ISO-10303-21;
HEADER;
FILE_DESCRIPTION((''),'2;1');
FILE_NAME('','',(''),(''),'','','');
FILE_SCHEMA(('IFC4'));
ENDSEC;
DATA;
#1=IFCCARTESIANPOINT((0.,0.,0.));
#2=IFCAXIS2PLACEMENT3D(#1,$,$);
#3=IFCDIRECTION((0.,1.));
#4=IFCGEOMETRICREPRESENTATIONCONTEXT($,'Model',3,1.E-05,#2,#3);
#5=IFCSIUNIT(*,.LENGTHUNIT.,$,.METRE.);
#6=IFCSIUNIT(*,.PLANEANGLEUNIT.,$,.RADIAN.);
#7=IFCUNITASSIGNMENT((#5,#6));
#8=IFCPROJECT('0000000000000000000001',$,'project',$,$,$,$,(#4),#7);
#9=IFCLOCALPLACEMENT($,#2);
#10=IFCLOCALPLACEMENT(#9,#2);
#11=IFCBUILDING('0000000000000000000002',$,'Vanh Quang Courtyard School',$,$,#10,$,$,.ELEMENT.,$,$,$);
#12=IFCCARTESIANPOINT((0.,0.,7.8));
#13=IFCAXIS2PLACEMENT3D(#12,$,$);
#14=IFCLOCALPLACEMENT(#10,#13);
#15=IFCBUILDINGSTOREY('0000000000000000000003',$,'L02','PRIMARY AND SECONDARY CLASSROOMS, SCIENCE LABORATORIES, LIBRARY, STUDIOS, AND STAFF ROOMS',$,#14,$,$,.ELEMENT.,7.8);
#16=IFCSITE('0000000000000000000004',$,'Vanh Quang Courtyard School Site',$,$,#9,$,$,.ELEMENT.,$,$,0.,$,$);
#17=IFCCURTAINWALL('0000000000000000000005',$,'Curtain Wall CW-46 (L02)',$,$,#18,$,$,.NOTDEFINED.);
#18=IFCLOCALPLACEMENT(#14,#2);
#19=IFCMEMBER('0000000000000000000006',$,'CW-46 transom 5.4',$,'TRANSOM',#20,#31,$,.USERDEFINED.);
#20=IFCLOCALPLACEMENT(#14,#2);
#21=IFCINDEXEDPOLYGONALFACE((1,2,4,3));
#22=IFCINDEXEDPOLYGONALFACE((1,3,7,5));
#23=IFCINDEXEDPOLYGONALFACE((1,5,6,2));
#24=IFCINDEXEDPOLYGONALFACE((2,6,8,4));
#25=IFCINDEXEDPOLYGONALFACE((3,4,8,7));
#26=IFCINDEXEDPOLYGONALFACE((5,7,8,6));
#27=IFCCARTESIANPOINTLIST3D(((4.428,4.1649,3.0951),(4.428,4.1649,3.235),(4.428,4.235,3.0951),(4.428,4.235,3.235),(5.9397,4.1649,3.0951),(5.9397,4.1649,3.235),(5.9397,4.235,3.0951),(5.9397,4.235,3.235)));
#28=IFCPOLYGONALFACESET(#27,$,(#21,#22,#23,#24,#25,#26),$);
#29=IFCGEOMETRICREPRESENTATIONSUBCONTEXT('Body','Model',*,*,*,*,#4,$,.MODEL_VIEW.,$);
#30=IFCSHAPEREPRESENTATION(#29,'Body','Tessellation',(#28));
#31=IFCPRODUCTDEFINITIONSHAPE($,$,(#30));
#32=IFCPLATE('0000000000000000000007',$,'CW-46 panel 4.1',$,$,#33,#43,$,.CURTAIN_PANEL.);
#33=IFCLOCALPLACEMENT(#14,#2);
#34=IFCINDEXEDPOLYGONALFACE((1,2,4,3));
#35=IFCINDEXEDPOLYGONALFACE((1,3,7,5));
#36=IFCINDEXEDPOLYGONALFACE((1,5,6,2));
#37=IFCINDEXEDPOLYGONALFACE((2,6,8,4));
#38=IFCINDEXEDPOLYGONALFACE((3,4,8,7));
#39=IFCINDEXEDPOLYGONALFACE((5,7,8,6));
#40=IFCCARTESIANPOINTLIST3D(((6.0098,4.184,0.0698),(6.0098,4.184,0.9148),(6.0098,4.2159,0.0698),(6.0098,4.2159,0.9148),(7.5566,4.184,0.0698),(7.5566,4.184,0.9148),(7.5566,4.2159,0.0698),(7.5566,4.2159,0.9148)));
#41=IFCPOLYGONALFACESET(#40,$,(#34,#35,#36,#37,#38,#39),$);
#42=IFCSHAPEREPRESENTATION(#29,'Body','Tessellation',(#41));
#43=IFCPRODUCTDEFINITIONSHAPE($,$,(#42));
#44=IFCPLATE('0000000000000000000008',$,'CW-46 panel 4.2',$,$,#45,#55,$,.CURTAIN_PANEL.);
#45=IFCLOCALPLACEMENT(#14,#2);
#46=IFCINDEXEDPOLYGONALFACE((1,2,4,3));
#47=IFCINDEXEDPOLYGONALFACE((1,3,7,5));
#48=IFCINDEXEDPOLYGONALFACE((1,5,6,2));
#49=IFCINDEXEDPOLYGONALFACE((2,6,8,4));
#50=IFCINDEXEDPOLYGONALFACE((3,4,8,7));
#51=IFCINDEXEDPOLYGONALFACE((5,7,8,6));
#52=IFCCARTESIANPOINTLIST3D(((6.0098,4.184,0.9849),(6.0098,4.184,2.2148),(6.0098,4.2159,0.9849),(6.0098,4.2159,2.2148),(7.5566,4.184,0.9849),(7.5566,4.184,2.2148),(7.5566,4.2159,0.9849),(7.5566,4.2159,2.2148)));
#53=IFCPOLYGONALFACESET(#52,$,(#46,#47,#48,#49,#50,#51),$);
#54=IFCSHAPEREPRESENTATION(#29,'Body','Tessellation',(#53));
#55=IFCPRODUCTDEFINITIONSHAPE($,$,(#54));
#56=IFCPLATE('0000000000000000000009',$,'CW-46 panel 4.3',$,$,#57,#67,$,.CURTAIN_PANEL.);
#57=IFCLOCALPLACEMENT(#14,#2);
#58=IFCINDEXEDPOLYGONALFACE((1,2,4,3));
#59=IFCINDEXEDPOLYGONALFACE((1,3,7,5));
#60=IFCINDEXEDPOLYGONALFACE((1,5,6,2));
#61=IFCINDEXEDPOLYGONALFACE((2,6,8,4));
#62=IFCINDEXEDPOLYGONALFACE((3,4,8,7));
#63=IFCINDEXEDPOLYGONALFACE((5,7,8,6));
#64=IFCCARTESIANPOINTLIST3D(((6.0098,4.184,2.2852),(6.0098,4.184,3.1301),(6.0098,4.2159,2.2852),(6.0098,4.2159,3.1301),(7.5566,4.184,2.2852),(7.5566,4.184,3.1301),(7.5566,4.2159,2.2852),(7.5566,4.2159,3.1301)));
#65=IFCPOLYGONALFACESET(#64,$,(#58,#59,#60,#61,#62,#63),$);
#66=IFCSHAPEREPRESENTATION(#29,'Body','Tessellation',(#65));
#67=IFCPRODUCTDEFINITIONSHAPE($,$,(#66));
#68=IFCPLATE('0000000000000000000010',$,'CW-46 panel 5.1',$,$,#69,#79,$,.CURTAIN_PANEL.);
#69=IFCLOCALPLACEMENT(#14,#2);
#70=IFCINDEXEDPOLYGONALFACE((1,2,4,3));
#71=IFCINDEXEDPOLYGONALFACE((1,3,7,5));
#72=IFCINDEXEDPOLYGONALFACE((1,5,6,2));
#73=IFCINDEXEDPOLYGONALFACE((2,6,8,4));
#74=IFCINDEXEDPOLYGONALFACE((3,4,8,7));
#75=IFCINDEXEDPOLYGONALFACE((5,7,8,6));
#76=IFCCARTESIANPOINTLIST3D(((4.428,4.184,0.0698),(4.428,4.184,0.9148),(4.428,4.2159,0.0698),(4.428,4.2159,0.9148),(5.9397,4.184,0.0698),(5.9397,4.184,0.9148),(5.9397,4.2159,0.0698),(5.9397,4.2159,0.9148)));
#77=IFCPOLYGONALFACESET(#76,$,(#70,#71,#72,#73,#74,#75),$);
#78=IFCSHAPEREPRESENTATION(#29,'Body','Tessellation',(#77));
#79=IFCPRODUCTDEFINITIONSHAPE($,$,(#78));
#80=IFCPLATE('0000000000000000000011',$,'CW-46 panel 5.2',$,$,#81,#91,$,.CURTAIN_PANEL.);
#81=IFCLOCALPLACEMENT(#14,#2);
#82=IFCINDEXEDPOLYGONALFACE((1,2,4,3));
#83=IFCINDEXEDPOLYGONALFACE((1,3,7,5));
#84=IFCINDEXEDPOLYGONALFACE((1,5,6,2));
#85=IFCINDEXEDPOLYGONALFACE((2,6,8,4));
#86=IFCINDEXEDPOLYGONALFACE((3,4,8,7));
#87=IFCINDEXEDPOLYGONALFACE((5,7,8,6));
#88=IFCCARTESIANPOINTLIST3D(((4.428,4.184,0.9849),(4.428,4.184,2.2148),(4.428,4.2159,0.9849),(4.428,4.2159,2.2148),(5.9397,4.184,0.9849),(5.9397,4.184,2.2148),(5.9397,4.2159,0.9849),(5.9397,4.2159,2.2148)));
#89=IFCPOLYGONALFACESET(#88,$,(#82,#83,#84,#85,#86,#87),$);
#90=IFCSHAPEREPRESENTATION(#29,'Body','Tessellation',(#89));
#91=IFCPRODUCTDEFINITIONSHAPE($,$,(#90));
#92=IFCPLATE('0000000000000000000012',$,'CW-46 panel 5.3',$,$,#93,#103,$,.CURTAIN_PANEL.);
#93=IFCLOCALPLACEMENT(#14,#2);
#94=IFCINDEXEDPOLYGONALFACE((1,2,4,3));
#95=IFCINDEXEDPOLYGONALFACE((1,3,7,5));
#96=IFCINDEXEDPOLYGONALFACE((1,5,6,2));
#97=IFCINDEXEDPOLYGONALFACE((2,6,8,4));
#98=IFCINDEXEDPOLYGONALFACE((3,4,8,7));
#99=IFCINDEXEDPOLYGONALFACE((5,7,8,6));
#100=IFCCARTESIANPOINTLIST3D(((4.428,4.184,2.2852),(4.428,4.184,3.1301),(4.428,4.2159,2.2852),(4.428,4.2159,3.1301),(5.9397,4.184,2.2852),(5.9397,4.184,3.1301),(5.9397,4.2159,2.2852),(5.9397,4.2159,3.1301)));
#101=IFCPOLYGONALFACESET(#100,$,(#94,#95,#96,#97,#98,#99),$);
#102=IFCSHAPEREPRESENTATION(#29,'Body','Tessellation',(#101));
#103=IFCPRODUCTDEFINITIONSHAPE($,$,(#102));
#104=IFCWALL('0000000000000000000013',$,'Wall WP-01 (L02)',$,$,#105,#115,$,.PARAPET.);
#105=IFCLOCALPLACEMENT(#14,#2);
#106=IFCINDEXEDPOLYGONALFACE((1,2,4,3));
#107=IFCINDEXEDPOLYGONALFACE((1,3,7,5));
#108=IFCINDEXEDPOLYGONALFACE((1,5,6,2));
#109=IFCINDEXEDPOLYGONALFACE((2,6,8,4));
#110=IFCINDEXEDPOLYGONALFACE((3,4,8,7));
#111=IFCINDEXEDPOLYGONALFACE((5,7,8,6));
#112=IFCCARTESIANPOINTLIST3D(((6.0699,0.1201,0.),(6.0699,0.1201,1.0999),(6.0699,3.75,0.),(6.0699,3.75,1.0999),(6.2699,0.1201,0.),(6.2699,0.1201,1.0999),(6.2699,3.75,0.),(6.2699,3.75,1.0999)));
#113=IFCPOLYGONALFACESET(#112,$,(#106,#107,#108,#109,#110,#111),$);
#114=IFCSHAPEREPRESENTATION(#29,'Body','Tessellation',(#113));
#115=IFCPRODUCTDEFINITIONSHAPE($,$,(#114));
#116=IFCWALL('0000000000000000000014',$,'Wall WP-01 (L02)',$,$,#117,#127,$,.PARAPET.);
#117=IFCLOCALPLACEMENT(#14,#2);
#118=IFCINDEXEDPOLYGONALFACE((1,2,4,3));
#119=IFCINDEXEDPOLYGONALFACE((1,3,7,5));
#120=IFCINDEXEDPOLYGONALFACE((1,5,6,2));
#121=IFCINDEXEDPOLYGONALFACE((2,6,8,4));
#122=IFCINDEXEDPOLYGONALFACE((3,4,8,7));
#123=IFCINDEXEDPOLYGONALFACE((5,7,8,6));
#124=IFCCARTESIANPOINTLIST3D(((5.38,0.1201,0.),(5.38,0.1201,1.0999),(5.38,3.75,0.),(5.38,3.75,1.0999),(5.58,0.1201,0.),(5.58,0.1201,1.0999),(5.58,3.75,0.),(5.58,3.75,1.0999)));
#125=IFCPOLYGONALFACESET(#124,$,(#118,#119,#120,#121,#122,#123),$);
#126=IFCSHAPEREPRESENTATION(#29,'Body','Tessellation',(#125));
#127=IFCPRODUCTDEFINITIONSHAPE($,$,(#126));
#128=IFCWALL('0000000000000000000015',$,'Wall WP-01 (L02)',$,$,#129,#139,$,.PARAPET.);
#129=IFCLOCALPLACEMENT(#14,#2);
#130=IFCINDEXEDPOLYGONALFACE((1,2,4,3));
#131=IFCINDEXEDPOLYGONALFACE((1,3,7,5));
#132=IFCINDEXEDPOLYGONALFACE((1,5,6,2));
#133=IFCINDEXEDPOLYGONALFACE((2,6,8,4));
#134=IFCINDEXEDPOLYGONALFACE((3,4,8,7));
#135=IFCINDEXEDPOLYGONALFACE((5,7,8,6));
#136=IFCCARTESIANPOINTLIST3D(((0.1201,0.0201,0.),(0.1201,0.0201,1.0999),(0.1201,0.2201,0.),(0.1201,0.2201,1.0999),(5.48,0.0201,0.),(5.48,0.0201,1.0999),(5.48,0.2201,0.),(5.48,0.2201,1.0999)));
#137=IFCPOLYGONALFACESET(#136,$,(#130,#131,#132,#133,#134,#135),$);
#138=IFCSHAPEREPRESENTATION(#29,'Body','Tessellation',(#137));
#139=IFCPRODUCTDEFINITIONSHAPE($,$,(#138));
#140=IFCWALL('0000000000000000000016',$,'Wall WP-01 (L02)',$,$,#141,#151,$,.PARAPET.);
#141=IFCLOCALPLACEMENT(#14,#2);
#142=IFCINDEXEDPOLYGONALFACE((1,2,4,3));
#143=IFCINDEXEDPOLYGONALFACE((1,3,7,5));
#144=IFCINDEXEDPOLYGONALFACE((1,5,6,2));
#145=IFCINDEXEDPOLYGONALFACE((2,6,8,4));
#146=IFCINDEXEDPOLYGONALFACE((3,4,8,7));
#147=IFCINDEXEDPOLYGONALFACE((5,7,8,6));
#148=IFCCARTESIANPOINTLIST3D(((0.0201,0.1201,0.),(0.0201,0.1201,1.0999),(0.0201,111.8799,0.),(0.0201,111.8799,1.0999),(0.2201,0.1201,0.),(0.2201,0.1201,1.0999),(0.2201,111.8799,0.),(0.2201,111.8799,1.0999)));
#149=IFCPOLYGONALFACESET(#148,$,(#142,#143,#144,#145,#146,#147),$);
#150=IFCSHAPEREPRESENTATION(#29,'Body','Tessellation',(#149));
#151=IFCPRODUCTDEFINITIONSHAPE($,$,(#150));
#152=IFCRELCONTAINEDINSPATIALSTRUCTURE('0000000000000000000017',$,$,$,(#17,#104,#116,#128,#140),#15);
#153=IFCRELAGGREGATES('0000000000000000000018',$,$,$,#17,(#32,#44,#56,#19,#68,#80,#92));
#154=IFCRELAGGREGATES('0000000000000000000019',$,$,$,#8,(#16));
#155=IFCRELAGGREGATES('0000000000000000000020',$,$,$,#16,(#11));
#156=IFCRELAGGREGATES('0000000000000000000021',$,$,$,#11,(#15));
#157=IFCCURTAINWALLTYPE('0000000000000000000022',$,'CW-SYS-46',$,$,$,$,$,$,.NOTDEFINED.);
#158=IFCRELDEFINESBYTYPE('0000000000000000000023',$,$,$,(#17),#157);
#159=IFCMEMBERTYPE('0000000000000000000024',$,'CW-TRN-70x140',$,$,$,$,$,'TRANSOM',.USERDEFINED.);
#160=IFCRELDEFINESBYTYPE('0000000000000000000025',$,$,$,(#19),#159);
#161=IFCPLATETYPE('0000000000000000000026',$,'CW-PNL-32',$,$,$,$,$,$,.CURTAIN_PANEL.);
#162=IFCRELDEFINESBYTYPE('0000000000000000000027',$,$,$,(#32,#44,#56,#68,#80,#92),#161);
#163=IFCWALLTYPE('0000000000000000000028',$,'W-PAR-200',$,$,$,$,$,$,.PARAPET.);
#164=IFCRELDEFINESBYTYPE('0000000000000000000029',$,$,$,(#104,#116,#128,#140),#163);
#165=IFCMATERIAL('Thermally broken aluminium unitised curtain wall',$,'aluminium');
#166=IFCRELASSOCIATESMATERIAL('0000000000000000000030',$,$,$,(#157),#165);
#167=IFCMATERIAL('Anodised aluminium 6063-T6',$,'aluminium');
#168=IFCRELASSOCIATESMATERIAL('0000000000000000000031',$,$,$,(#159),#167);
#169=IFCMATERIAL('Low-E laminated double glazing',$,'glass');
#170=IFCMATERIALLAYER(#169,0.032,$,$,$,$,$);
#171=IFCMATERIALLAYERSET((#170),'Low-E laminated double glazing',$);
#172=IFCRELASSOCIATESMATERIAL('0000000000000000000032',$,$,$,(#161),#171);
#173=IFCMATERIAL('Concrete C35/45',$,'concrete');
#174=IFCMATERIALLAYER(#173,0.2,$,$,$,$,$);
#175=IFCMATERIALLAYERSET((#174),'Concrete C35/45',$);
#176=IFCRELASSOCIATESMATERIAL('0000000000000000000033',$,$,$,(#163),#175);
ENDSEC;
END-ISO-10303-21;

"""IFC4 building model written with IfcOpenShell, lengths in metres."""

from ifc_helpers import new_model, si_unit, direction, frame, frame_2d, origin, origin_2d, place, context, subcontext, project, spatial, rectangle, extrude, material, layer, layer_set, material_profile, profile_set, type_object, element, aggregate, save


model = new_model("IFC4")

# Units and contexts
model_context = context("Model", 3, precision=1e-05, world=origin(), true_north=direction((0.0, 1.0)))
body_context = subcontext(model_context, "Body", "Model", "MODEL_VIEW")
ifc_project = project(units=[si_unit("LENGTHUNIT", "METRE"), si_unit("PLANEANGLEUNIT", "RADIAN")], contexts=[model_context])

# Site, building, storey
site_placement = place(None, origin())
site = spatial("IfcSite", under=ifc_project, at=site_placement, Name="Vanh Quang Courtyard School Site", CompositionType="ELEMENT", RefElevation=0.0)
building_placement = place(site_placement, origin())
building = spatial("IfcBuilding", under=site, at=building_placement, Name="Vanh Quang Courtyard School", CompositionType="ELEMENT")
storey_placement = place(building_placement, frame((0.0, 0.0, 7.8)))
storey = spatial("IfcBuildingStorey", under=building, at=storey_placement, Name="L02", Description="PRIMARY AND SECONDARY CLASSROOMS, SCIENCE LABORATORIES, LIBRARY, STUDIOS, AND STAFF ROOMS", CompositionType="ELEMENT", Elevation=7.8)

# Shared definitions
ifc_material_1 = material(Name="Concrete C35/45", Category="concrete")

# Curtain wall, member, plates
ifc_material_2 = material(Name="Thermally broken aluminium unitised curtain wall", Category="aluminium")
curtain_wall_type = type_object("IfcCurtainWallType", Name="CW-SYS-46", PredefinedType="NOTDEFINED", material=ifc_material_2)
curtain_wall_placement = place(storey_placement, origin())
curtain_wall = element("IfcCurtainWall", 1, at=curtain_wall_placement, inside=storey, type_object=curtain_wall_type, Name="Curtain Wall CW-46 (L02)", PredefinedType="NOTDEFINED")
ifc_material_3 = material(Name="Anodised aluminium 6063-T6", Category="aluminium")
ifc_material_profile_1 = material_profile(ifc_material_3, rectangle(XDim=0.0701, YDim=0.1399, at=origin_2d()), Name="ALU-TRN 70x140")
ifc_profile_set_1 = profile_set([ifc_material_profile_1], Name="Anodised aluminium 6063-T6")
member_type_1 = type_object("IfcMemberType", Name="CW-TRN-70x140", ElementType="TRANSOM", PredefinedType="USERDEFINED", material=ifc_profile_set_1)
member_1_placement = place(storey_placement, frame((5.9397, 4.2, 3.165), z_axis=(-1.0, 0.0, 0.0), x_axis=(0.0, -1.0, 0.0)))
member_1 = element("IfcMember", 2, at=member_1_placement, type_object=member_type_1, Name="CW-46 transom 5.4", ObjectType="TRANSOM", PredefinedType="USERDEFINED", context=body_context, shape_type="SweptSolid", body=[
    extrude(rectangle(XDim=0.0701, YDim=0.1399, at=origin_2d()), origin(), (0.0, 0.0, 1.0), 1.5117),
])
ifc_material_4 = material(Name="Low-E laminated double glazing", Category="glass")
ifc_layer_1 = layer(ifc_material_4, 0.032)
ifc_layer_set_1 = layer_set([ifc_layer_1], Name="Low-E laminated double glazing")
plate_type = type_object("IfcPlateType", Name="CW-PNL-32", PredefinedType="CURTAIN_PANEL", material=ifc_layer_set_1)
plate_1_placement = place(storey_placement, frame((6.7832, 4.2, 0.0698), z_axis=(0.0, 0.0, 1.0), x_axis=(-1.0, 0.0, 0.0)))
plate_1 = element("IfcPlate", 3, at=plate_1_placement, type_object=plate_type, Name="CW-46 panel 4.1", PredefinedType="CURTAIN_PANEL", context=body_context, shape_type="SweptSolid", body=[
    extrude(rectangle(XDim=1.5469, YDim=0.032, at=origin_2d()), origin(), (0.0, 0.0, 1.0), 0.845),
])
plate_2_placement = place(storey_placement, frame((6.7832, 4.2, 0.9849), z_axis=(0.0, 0.0, 1.0), x_axis=(-1.0, 0.0, 0.0)))
plate_2 = element("IfcPlate", 4, at=plate_2_placement, type_object=plate_type, Name="CW-46 panel 4.2", PredefinedType="CURTAIN_PANEL", context=body_context, shape_type="SweptSolid", body=[
    extrude(rectangle(XDim=1.5469, YDim=0.032, at=origin_2d()), origin(), (0.0, 0.0, 1.0), 1.23),
])
plate_3_placement = place(storey_placement, frame((6.7832, 4.2, 2.2852), z_axis=(0.0, 0.0, 1.0), x_axis=(-1.0, 0.0, 0.0)))
plate_3 = element("IfcPlate", 5, at=plate_3_placement, type_object=plate_type, Name="CW-46 panel 4.3", PredefinedType="CURTAIN_PANEL", context=body_context, shape_type="SweptSolid", body=[
    extrude(rectangle(XDim=1.5469, YDim=0.032, at=origin_2d()), origin(), (0.0, 0.0, 1.0), 0.845),
])
plate_4_placement = place(storey_placement, frame((5.1838, 4.2, 0.0698), z_axis=(0.0, 0.0, 1.0), x_axis=(-1.0, 0.0, 0.0)))
plate_4 = element("IfcPlate", 6, at=plate_4_placement, type_object=plate_type, Name="CW-46 panel 5.1", PredefinedType="CURTAIN_PANEL", context=body_context, shape_type="SweptSolid", body=[
    extrude(rectangle(XDim=1.5117, YDim=0.032, at=origin_2d()), origin(), (0.0, 0.0, 1.0), 0.845),
])
plate_5_placement = place(storey_placement, frame((5.1838, 4.2, 0.9849), z_axis=(0.0, 0.0, 1.0), x_axis=(-1.0, 0.0, 0.0)))
plate_5 = element("IfcPlate", 7, at=plate_5_placement, type_object=plate_type, Name="CW-46 panel 5.2", PredefinedType="CURTAIN_PANEL", context=body_context, shape_type="SweptSolid", body=[
    extrude(rectangle(XDim=1.5117, YDim=0.032, at=origin_2d()), origin(), (0.0, 0.0, 1.0), 1.23),
])
plate_6_placement = place(storey_placement, frame((5.1838, 4.2, 2.2852), z_axis=(0.0, 0.0, 1.0), x_axis=(-1.0, 0.0, 0.0)))
plate_6 = element("IfcPlate", 8, at=plate_6_placement, type_object=plate_type, Name="CW-46 panel 5.3", PredefinedType="CURTAIN_PANEL", context=body_context, shape_type="SweptSolid", body=[
    extrude(rectangle(XDim=1.5117, YDim=0.032, at=origin_2d()), origin(), (0.0, 0.0, 1.0), 0.845),
])
aggregate(curtain_wall, [plate_1, plate_2, plate_3, member_1, plate_4, plate_5, plate_6])

# Walls
ifc_layer_2 = layer(ifc_material_1, 0.2)
ifc_layer_set_2 = layer_set([ifc_layer_2], Name="Concrete C35/45")
wall_type = type_object("IfcWallType", Name="W-PAR-200", PredefinedType="PARAPET", material=ifc_layer_set_2)
for number, where, z_axis, x_axis, name in (
    (9, (6.1699, 0.1201, 0.0), (0.0, 0.0, 1.0), (0.0, 1.0, 0.0), "Wall WP-01 (L02)"),
    (10, (5.48, 3.75, 0.0), (0.0, 0.0, 1.0), (0.0, -1.0, 0.0), "Wall WP-01 (L02)"),
):
    element("IfcWall", number, at=place(storey_placement, frame(where, z_axis=z_axis, x_axis=x_axis)), inside=storey, type_object=wall_type, Name=name, PredefinedType="PARAPET", context=body_context, shape_type="SweptSolid", body=[
        extrude(rectangle(XDim=3.6299, YDim=0.2, at=frame_2d((1.8149, 0.0))), origin(), (0.0, 0.0, 1.0), 1.0999),
    ])
wall_1_placement = place(storey_placement, frame((5.48, 0.1201, 0.0), z_axis=(0.0, 0.0, 1.0), x_axis=(-1.0, 0.0, 0.0)))
element("IfcWall", 11, at=wall_1_placement, inside=storey, type_object=wall_type, Name="Wall WP-01 (L02)", PredefinedType="PARAPET", context=body_context, shape_type="SweptSolid", body=[
    extrude(rectangle(XDim=5.3599, YDim=0.2, at=frame_2d((2.6799, 0.0))), origin(), (0.0, 0.0, 1.0), 1.0999),
])
wall_2_placement = place(storey_placement, frame((0.1201, 0.1201, 0.0), z_axis=(0.0, 0.0, 1.0), x_axis=(0.0, 1.0, 0.0)))
element("IfcWall", 12, at=wall_2_placement, inside=storey, type_object=wall_type, Name="Wall WP-01 (L02)", PredefinedType="PARAPET", context=body_context, shape_type="SweptSolid", body=[
    extrude(rectangle(XDim=111.7598, YDim=0.2, at=frame_2d((55.8799, 0.0))), origin(), (0.0, 0.0, 1.0), 1.0999),
])

save(model, "model.ifc")
